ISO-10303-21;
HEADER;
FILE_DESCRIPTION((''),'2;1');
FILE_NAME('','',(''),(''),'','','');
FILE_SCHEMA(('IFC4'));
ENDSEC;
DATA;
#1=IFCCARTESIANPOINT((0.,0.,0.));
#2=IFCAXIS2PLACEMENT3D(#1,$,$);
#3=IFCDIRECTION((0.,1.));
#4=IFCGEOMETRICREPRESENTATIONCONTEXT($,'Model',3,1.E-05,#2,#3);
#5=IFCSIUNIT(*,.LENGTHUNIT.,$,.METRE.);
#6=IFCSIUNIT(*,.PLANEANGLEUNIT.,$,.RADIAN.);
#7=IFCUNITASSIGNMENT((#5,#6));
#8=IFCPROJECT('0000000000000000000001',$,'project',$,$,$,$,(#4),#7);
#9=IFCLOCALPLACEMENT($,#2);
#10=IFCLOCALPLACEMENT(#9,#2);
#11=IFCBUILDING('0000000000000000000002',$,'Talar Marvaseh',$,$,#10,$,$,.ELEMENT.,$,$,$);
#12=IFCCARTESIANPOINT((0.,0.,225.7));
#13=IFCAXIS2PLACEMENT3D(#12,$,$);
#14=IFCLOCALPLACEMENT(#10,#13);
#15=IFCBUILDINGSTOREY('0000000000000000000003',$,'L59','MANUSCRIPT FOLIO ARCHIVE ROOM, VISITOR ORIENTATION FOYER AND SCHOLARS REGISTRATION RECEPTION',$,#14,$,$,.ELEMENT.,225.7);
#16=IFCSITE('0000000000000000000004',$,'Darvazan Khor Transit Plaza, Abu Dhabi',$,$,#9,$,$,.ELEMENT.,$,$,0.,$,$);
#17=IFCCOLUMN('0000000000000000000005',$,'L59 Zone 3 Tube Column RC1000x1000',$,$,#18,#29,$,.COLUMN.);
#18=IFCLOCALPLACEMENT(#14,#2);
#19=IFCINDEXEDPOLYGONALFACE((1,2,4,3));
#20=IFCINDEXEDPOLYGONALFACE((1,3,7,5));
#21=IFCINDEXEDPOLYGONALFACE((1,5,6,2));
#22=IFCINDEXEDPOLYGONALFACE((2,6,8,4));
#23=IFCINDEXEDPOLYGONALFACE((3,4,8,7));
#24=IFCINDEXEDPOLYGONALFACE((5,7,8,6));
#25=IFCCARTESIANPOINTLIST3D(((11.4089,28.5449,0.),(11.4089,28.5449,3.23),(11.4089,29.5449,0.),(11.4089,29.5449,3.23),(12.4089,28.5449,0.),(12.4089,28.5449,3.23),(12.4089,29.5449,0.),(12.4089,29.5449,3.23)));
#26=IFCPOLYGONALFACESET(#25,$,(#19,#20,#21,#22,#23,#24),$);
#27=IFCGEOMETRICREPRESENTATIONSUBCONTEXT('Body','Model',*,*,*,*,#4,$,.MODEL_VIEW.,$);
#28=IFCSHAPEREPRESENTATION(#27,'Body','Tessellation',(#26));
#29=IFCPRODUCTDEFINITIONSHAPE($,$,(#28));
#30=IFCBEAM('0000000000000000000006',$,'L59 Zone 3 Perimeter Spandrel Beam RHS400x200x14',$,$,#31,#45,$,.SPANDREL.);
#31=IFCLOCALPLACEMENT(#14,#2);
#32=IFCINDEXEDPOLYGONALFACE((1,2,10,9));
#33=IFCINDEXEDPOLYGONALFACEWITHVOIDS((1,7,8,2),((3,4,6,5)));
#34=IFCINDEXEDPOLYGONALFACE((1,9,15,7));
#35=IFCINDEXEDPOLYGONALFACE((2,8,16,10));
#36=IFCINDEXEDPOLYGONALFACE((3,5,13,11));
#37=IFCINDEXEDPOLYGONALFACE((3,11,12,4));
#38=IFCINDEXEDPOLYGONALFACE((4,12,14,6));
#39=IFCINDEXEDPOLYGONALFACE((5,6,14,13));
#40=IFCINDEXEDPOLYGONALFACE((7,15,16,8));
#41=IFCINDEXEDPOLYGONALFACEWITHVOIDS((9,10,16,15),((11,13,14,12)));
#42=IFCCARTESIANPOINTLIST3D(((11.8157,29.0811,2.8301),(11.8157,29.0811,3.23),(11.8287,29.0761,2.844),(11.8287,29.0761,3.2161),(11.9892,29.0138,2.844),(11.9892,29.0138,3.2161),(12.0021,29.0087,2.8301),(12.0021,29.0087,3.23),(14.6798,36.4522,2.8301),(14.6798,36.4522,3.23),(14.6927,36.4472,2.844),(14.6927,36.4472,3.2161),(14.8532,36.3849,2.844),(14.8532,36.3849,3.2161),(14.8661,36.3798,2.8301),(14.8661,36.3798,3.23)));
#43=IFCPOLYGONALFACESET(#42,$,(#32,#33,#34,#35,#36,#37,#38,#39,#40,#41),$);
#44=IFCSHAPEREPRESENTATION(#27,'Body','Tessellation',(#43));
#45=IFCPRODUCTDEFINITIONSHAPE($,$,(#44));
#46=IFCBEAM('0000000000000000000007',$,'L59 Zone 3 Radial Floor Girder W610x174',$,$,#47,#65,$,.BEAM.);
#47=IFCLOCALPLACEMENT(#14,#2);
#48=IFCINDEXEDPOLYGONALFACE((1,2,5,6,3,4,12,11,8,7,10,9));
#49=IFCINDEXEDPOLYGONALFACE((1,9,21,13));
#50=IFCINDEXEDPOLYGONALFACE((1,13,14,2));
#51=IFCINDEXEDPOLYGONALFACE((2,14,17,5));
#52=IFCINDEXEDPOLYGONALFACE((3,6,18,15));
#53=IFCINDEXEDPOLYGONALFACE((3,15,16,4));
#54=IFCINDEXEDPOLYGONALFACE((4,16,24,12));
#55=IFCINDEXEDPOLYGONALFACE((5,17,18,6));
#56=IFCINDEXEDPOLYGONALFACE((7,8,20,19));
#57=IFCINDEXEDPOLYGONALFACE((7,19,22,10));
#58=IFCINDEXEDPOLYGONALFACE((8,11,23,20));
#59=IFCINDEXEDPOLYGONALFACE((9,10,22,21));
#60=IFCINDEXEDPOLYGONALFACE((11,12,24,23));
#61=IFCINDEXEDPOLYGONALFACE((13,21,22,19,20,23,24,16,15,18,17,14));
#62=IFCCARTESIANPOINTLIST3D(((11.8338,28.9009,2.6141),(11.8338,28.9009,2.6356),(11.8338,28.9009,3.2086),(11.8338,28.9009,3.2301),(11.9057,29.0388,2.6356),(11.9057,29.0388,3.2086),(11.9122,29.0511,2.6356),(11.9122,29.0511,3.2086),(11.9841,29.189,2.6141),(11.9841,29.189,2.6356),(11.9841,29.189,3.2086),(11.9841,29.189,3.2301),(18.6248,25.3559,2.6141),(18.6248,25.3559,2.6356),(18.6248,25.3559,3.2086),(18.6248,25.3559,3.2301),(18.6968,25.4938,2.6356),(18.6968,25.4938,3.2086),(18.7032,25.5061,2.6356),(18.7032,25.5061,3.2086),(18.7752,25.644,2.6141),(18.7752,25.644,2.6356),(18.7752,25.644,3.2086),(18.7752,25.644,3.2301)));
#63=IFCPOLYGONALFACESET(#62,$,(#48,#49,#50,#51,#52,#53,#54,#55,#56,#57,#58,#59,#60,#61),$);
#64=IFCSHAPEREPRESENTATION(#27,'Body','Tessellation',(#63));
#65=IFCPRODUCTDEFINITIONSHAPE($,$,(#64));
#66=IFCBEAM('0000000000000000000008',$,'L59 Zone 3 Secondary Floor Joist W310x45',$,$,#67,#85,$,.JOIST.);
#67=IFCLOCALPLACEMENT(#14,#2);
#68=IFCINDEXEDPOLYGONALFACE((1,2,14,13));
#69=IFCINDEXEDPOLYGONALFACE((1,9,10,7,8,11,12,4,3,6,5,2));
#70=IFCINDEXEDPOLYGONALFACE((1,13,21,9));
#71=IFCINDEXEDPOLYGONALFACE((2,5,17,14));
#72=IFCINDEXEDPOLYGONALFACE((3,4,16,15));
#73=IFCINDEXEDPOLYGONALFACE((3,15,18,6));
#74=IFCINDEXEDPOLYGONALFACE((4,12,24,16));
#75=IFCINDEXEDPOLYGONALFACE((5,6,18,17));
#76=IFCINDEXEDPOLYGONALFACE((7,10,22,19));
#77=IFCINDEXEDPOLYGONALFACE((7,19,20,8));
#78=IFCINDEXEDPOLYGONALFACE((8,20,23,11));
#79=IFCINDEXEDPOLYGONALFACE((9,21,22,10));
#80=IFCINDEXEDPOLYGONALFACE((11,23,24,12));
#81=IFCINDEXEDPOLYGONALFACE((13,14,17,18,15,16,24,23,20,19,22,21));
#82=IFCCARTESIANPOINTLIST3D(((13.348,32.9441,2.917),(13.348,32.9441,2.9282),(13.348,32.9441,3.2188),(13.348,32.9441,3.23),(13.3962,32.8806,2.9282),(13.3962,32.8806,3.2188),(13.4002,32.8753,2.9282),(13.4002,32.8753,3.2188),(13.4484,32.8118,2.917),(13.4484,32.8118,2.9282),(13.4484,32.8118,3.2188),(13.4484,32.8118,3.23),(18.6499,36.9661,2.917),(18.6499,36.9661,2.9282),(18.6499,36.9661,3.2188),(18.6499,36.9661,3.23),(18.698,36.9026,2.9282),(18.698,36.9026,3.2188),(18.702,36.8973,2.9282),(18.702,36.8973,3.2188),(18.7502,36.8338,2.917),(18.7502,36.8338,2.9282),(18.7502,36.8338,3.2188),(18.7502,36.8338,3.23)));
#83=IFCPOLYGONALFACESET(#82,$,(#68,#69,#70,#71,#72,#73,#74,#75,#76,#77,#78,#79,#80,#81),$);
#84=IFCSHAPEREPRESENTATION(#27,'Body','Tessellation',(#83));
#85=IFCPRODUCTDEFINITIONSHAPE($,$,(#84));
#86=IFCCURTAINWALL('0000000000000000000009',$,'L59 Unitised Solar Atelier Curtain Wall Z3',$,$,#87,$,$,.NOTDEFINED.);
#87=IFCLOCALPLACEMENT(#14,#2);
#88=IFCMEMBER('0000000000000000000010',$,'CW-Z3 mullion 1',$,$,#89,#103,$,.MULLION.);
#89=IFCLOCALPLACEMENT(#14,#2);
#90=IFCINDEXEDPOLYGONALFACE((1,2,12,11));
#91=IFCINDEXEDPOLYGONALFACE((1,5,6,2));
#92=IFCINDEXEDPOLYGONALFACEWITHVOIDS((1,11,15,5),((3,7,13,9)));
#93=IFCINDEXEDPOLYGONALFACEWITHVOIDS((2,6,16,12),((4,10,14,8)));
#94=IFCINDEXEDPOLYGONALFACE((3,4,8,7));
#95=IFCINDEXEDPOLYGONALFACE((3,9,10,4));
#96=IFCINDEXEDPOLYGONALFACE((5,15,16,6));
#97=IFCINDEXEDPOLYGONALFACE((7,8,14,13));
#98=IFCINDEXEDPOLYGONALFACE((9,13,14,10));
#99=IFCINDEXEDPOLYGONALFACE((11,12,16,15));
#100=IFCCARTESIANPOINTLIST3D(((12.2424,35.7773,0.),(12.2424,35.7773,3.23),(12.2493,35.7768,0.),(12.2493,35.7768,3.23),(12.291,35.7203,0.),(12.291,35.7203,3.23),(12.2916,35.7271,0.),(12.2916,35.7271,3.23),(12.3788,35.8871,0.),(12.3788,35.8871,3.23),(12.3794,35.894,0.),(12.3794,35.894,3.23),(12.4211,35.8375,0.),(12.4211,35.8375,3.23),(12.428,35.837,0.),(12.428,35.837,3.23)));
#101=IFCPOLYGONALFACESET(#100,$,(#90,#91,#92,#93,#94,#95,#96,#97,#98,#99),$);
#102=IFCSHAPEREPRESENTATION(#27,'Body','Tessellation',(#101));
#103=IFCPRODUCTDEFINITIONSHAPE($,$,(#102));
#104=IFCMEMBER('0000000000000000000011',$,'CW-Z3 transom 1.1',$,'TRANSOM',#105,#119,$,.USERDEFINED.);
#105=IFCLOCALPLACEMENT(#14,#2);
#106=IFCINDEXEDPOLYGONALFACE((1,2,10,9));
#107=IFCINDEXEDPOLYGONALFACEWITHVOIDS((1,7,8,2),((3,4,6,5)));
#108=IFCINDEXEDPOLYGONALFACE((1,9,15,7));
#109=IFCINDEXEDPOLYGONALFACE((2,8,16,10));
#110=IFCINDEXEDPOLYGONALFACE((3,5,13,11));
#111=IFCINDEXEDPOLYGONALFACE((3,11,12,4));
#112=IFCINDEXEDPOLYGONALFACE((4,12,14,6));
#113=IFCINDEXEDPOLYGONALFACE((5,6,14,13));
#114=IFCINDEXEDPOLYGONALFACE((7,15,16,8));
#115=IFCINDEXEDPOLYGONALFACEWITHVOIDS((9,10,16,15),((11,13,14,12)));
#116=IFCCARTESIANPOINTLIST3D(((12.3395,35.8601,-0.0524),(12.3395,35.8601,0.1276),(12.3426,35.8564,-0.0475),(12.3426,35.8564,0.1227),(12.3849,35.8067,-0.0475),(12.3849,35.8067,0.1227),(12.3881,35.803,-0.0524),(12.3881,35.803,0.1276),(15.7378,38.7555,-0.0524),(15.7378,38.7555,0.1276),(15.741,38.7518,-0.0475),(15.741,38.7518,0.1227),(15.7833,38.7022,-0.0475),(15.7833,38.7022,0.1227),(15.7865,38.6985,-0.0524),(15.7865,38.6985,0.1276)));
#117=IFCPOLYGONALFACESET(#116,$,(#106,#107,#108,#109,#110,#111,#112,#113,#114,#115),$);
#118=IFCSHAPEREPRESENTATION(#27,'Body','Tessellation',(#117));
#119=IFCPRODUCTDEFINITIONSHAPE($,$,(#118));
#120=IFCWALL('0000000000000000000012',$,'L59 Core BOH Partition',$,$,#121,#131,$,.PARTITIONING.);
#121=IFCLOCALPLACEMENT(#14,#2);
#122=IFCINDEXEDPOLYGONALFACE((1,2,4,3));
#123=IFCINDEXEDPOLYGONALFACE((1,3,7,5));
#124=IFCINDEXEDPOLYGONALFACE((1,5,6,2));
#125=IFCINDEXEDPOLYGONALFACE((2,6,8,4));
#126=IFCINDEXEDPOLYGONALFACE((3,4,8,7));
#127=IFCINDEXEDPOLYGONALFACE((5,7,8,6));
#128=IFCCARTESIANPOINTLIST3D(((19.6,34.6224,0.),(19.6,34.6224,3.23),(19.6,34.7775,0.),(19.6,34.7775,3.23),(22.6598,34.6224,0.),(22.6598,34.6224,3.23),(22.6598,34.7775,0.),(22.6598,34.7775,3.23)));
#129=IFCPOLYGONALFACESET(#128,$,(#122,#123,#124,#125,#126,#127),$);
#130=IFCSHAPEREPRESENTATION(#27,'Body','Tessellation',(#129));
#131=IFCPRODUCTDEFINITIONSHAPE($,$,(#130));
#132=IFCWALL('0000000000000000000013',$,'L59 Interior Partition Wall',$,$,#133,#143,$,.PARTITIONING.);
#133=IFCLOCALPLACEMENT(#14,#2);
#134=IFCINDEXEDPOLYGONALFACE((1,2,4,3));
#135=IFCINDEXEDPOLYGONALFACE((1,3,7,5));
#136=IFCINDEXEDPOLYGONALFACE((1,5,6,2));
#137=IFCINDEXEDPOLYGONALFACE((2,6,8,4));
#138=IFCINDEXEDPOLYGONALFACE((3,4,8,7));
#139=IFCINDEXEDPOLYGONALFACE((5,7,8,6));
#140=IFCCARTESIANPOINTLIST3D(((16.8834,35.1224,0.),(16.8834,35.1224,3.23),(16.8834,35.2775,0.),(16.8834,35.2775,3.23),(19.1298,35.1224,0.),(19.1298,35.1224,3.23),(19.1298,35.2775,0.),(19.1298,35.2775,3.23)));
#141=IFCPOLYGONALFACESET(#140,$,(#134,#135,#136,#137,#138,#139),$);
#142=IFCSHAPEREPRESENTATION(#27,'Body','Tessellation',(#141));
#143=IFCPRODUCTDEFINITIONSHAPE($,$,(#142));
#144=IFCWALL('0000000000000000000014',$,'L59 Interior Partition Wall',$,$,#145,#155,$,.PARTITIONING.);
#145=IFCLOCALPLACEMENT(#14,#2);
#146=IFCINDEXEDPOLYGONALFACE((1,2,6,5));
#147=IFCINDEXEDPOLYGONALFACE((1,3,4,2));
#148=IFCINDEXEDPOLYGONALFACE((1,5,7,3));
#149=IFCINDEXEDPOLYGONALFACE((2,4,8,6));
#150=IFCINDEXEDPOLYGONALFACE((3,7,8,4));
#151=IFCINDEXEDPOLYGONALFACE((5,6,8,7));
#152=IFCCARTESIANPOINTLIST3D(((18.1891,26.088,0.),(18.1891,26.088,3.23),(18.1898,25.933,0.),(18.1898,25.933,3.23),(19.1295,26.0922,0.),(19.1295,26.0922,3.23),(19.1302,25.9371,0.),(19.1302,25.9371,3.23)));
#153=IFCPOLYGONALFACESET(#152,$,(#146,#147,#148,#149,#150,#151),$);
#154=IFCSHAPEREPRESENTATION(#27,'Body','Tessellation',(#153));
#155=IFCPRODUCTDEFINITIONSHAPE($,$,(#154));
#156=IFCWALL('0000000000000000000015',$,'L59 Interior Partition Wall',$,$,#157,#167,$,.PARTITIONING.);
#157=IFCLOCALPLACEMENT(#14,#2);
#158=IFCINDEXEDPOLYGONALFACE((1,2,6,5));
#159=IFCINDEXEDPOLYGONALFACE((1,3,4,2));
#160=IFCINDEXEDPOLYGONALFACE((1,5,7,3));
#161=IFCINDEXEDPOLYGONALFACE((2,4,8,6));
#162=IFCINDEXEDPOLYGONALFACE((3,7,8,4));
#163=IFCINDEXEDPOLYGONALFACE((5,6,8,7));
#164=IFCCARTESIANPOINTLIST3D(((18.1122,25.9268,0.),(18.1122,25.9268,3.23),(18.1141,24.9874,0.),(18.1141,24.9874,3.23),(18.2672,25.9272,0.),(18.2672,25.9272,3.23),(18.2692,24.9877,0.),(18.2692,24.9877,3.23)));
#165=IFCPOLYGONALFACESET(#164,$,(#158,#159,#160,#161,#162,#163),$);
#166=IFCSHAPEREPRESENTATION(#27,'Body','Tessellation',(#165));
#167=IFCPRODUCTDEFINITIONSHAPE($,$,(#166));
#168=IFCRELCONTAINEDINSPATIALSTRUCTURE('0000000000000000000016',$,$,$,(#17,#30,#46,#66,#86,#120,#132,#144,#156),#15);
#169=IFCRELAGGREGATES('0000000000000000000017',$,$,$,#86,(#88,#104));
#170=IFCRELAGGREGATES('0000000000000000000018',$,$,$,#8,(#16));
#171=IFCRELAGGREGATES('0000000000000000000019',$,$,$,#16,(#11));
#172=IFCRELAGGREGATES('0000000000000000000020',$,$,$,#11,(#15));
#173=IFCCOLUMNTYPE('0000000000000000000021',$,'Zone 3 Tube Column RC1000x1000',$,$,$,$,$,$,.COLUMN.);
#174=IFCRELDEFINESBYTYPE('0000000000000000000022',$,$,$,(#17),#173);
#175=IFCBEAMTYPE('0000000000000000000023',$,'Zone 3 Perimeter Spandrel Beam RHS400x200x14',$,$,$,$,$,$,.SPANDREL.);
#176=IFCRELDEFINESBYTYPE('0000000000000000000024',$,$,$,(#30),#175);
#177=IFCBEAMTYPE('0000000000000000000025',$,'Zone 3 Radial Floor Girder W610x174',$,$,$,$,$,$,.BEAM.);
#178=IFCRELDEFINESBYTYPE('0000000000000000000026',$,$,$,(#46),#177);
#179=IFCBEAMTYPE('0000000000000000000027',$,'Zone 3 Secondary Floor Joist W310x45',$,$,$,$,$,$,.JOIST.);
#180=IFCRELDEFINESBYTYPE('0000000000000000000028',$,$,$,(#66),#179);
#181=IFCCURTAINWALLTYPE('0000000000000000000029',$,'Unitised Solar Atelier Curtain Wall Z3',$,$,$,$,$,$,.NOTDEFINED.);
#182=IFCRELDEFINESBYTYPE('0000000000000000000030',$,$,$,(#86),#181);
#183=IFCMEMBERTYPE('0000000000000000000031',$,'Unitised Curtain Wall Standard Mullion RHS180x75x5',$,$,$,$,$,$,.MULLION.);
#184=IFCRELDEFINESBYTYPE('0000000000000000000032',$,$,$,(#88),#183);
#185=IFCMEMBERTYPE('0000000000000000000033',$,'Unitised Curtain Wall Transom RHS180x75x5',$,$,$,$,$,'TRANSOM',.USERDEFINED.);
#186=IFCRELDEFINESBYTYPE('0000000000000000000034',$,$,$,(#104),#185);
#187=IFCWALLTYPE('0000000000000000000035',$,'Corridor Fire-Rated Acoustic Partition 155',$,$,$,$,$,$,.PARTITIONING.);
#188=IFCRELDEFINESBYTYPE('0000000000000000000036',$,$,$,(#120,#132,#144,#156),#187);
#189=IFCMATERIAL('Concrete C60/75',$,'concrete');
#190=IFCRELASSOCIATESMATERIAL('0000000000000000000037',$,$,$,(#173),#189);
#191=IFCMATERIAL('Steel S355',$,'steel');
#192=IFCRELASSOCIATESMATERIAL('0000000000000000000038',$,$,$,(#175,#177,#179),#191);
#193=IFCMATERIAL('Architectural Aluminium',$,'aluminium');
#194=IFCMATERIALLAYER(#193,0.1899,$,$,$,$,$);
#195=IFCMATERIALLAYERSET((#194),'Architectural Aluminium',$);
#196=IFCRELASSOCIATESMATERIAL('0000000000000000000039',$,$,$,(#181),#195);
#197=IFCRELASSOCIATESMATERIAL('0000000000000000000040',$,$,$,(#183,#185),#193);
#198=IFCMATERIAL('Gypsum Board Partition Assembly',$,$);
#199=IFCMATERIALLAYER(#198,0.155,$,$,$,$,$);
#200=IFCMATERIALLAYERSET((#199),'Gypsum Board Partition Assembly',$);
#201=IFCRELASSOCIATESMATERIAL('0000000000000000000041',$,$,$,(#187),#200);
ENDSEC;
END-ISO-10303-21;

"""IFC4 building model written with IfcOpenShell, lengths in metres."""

from ifc_helpers import new_model, si_unit, direction, frame, frame_2d, origin, origin_2d, place, context, subcontext, project, spatial, rectangle, hollow_rectangle, i_section, extrude, source, transform, mapped, material, layer, layer_set, material_profile, profile_set, type_object, type_shapes, element, aggregate, save


model = new_model("IFC4")

# Units and contexts
model_context = context("Model", 3, precision=1e-05, world=origin(), true_north=direction((0.0, 1.0)))
body_context = subcontext(model_context, "Body", "Model", "MODEL_VIEW")
ifc_project = project(units=[si_unit("LENGTHUNIT", "METRE"), si_unit("PLANEANGLEUNIT", "RADIAN")], contexts=[model_context])

# Site, building, storey
site_placement = place(None, origin())
site = spatial("IfcSite", under=ifc_project, at=site_placement, Name="Darvazan Khor Transit Plaza, Abu Dhabi", CompositionType="ELEMENT", RefElevation=0.0)
building_placement = place(site_placement, origin())
building = spatial("IfcBuilding", under=site, at=building_placement, Name="Talar Marvaseh", CompositionType="ELEMENT")
storey_placement = place(building_placement, frame((0.0, 0.0, 225.7)))
storey = spatial("IfcBuildingStorey", under=building, at=storey_placement, Name="L59", Description="MANUSCRIPT FOLIO ARCHIVE ROOM, VISITOR ORIENTATION FOYER AND SCHOLARS REGISTRATION RECEPTION", CompositionType="ELEMENT", Elevation=225.7)

# Column
ifc_material_1 = material(Name="Concrete C60/75", Category="concrete")
ifc_material_profile_1 = material_profile(ifc_material_1, rectangle(XDim=1.0, YDim=1.0, at=origin_2d()), Name="RC1000x1000")
ifc_profile_set_1 = profile_set([ifc_material_profile_1], Name="Concrete C60/75")
column_type = type_object("IfcColumnType", Name="Zone 3 Tube Column RC1000x1000", PredefinedType="COLUMN", material=ifc_profile_set_1)
column_placement = place(storey_placement, frame((11.9089, 29.0449, 0.0), z_axis=(0.0, 0.0, 1.0), x_axis=(1.0, 0.0, 0.0)))
element("IfcColumn", 1, at=column_placement, inside=storey, type_object=column_type, Name="L59 Zone 3 Tube Column RC1000x1000", PredefinedType="COLUMN", context=body_context, shape_type="SweptSolid", body=[
    extrude(rectangle(XDim=1.0, YDim=1.0, at=origin_2d()), origin(), (0.0, 0.0, 1.0), 3.23),
])

# Beams
ifc_material_2 = material(Name="Steel S355", Category="steel")
ifc_material_profile_2 = material_profile(ifc_material_2, hollow_rectangle(XDim=0.2, YDim=0.3999, WallThickness=0.0139, at=origin_2d()), Name="RHS400x200x14")
ifc_profile_set_2 = profile_set([ifc_material_profile_2], Name="Steel S355")
beam_type_1 = type_object("IfcBeamType", Name="Zone 3 Perimeter Spandrel Beam RHS400x200x14", PredefinedType="SPANDREL", material=ifc_profile_set_2)
beam_1_placement = place(storey_placement, frame((11.9089, 29.0449, 3.03), z_axis=(0.362169, 0.932112, 0.0), x_axis=(-0.932112, 0.362169, 0.0)))
element("IfcBeam", 2, at=beam_1_placement, inside=storey, type_object=beam_type_1, Name="L59 Zone 3 Perimeter Spandrel Beam RHS400x200x14", PredefinedType="SPANDREL", context=body_context, shape_type="SweptSolid", body=[
    extrude(hollow_rectangle(XDim=0.2, YDim=0.3999, WallThickness=0.0139, at=origin_2d()), origin(), (0.0, 0.0, 1.0), 7.908),
])
ifc_material_profile_3 = material_profile(ifc_material_2, i_section(OverallWidth=0.325, OverallDepth=0.616, WebThickness=0.0139, FlangeThickness=0.0215, at=origin_2d()), Name="W610x174")
ifc_profile_set_3 = profile_set([ifc_material_profile_3], Name="Steel S355")
beam_type_2 = type_object("IfcBeamType", Name="Zone 3 Radial Floor Girder W610x174", PredefinedType="BEAM", material=ifc_profile_set_3)
beam_2_placement = place(storey_placement, frame((11.9089, 29.0449, 2.9221), z_axis=(0.886489, -0.462749, 0.0), x_axis=(0.462749, 0.886489, 0.0)))
element("IfcBeam", 3, at=beam_2_placement, inside=storey, type_object=beam_type_2, Name="L59 Zone 3 Radial Floor Girder W610x174", PredefinedType="BEAM", context=body_context, shape_type="SweptSolid", body=[
    extrude(i_section(OverallWidth=0.325, OverallDepth=0.616, WebThickness=0.0139, FlangeThickness=0.0215, at=origin_2d()), origin(), (0.0, 0.0, 1.0), 7.6606),
])
ifc_material_profile_4 = material_profile(ifc_material_2, i_section(OverallWidth=0.166, OverallDepth=0.313, WebThickness=0.0066, FlangeThickness=0.0112, at=origin_2d()), Name="W310x45")
ifc_profile_set_4 = profile_set([ifc_material_profile_4], Name="Steel S355")
beam_type_3 = type_object("IfcBeamType", Name="Zone 3 Secondary Floor Joist W310x45", PredefinedType="JOIST", material=ifc_profile_set_4)
beam_3_placement = place(storey_placement, frame((13.3982, 32.8779, 3.0735), z_axis=(0.796695, 0.604382, 0.0), x_axis=(-0.604382, 0.796695, 0.0)))
element("IfcBeam", 4, at=beam_3_placement, inside=storey, type_object=beam_type_3, Name="L59 Zone 3 Secondary Floor Joist W310x45", PredefinedType="JOIST", context=body_context, shape_type="SweptSolid", body=[
    extrude(i_section(OverallWidth=0.166, OverallDepth=0.313, WebThickness=0.0066, FlangeThickness=0.0112, at=origin_2d()), origin(), (0.0, 0.0, 1.0), 6.6548),
])

# Curtain wall, members
ifc_material_3 = material(Name="Architectural Aluminium", Category="aluminium")
ifc_layer_1 = layer(ifc_material_3, 0.1899)
ifc_layer_set_1 = layer_set([ifc_layer_1], Name="Architectural Aluminium")
curtain_wall_type = type_object("IfcCurtainWallType", Name="Unitised Solar Atelier Curtain Wall Z3", PredefinedType="NOTDEFINED", material=ifc_layer_set_1)
curtain_wall_placement = place(storey_placement, origin())
curtain_wall = element("IfcCurtainWall", 5, at=curtain_wall_placement, inside=storey, type_object=curtain_wall_type, Name="L59 Unitised Solar Atelier Curtain Wall Z3", PredefinedType="NOTDEFINED")
ifc_material_profile_5 = material_profile(ifc_material_3, hollow_rectangle(XDim=0.075, YDim=0.1799, WallThickness=0.0049, at=origin_2d()), Name="RHS180x75x5")
ifc_profile_set_5 = profile_set([ifc_material_profile_5], Name="Architectural Aluminium")
member_type_1 = type_object("IfcMemberType", Name="Unitised Curtain Wall Standard Mullion RHS180x75x5", PredefinedType="MULLION", material=ifc_profile_set_5)
shared_shape_1 = source(origin(), body_context, "Body", "SweptSolid", [
    extrude(hollow_rectangle(XDim=0.075, YDim=0.1799, WallThickness=0.0049, at=origin_2d()), origin(), (0.0, 0.0, 1.0), 3.23),
])
type_shapes(member_type_1, [shared_shape_1])
member_1_placement = place(storey_placement, frame((12.3352, 35.8071, 0.0), z_axis=(0.0, 0.0, 1.0), x_axis=(-0.648546, 0.761176, 0.0)))
member_1 = element("IfcMember", 6, at=member_1_placement, type_object=member_type_1, Name="CW-Z3 mullion 1", PredefinedType="MULLION", context=body_context, shape_type="MappedRepresentation", body=[
    mapped(shared_shape_1, transform((0.0, 0.0, 0.0), x_axis=(1.0, 0.0, 0.0), y_axis=(0.0, 1.0, 0.0), z_axis=(0.0, 0.0, 1.0), scale=1.0)),
])
ifc_material_profile_6 = material_profile(ifc_material_3, hollow_rectangle(XDim=0.075, YDim=0.1799, WallThickness=0.0049, at=origin_2d()), Name="RHS180x75x5")
ifc_profile_set_6 = profile_set([ifc_material_profile_6], Name="Architectural Aluminium")
member_type_2 = type_object("IfcMemberType", Name="Unitised Curtain Wall Transom RHS180x75x5", ElementType="TRANSOM", PredefinedType="USERDEFINED", material=ifc_profile_set_6)
shared_shape_2 = source(origin(), body_context, "Body", "SweptSolid", [
    extrude(hollow_rectangle(XDim=0.075, YDim=0.1799, WallThickness=0.0049, at=origin_2d()), origin(), (0.0, 0.0, 1.0), 4.4646),
])
type_shapes(member_type_2, [shared_shape_2])
member_2_placement = place(storey_placement, frame((12.3638, 35.8315, 0.0376), z_axis=(0.761183, 0.648537, 0.0), x_axis=(-0.648537, 0.761183, 0.0)))
member_2 = element("IfcMember", 7, at=member_2_placement, type_object=member_type_2, Name="CW-Z3 transom 1.1", ObjectType="TRANSOM", PredefinedType="USERDEFINED", context=body_context, shape_type="MappedRepresentation", body=[
    mapped(shared_shape_2, transform((0.0, 0.0, 0.0), x_axis=(1.0, 0.0, 0.0), y_axis=(0.0, 1.0, 0.0), z_axis=(0.0, 0.0, 1.0), scale=1.0)),
])
aggregate(curtain_wall, [member_1, member_2])

# Walls
ifc_material_4 = material(Name="Gypsum Board Partition Assembly")
ifc_layer_2 = layer(ifc_material_4, 0.155)
ifc_layer_set_2 = layer_set([ifc_layer_2], Name="Gypsum Board Partition Assembly")
wall_type_1 = type_object("IfcWallType", Name="Corridor Fire-Rated Acoustic Partition 155", PredefinedType="PARTITIONING", material=ifc_layer_set_2)
wall_1_placement = place(storey_placement, frame((19.6001, 34.7, 0.0), z_axis=(0.0, 0.0, 1.0), x_axis=(1.0, 0.0, 0.0)))
element("IfcWall", 8, at=wall_1_placement, inside=storey, type_object=wall_type_1, Name="L59 Core BOH Partition", PredefinedType="PARTITIONING", context=body_context, shape_type="SweptSolid", body=[
    extrude(rectangle(XDim=3.0598, YDim=0.155, at=frame_2d((1.5298, 0.0))), origin(), (0.0, 0.0, 1.0), 3.23),
])
wall_2_placement = place(storey_placement, frame((16.8835, 35.2, 0.0), z_axis=(0.0, 0.0, 1.0), x_axis=(1.0, 0.0, 0.0)))
element("IfcWall", 9, at=wall_2_placement, inside=storey, type_object=wall_type_1, Name="L59 Interior Partition Wall", PredefinedType="PARTITIONING", context=body_context, shape_type="SweptSolid", body=[
    extrude(rectangle(XDim=2.2463, YDim=0.155, at=frame_2d((1.123, 0.0))), origin(), (0.0, 0.0, 1.0), 3.23),
])
wall_3_placement = place(storey_placement, frame((19.1299, 26.0146, 0.0), z_axis=(0.0, 0.0, 1.0), x_axis=(-0.99999, -0.004413, 0.0)))
element("IfcWall", 10, at=wall_3_placement, inside=storey, type_object=wall_type_1, Name="L59 Interior Partition Wall", PredefinedType="PARTITIONING", context=body_context, shape_type="SweptSolid", body=[
    extrude(rectangle(XDim=0.9404, YDim=0.155, at=frame_2d((0.4702, 0.0))), origin(), (0.0, 0.0, 1.0), 3.23),
])
wall_4_placement = place(storey_placement, frame((18.1897, 25.927, 0.0), z_axis=(0.0, 0.0, 1.0), x_axis=(0.002079, -0.999998, 0.0)))
element("IfcWall", 11, at=wall_4_placement, inside=storey, type_object=wall_type_1, Name="L59 Interior Partition Wall", PredefinedType="PARTITIONING", context=body_context, shape_type="SweptSolid", body=[
    extrude(rectangle(XDim=0.9395, YDim=0.155, at=frame_2d((0.4697, 0.0))), origin(), (0.0, 0.0, 1.0), 3.23),
])

save(model, "model.ifc")
